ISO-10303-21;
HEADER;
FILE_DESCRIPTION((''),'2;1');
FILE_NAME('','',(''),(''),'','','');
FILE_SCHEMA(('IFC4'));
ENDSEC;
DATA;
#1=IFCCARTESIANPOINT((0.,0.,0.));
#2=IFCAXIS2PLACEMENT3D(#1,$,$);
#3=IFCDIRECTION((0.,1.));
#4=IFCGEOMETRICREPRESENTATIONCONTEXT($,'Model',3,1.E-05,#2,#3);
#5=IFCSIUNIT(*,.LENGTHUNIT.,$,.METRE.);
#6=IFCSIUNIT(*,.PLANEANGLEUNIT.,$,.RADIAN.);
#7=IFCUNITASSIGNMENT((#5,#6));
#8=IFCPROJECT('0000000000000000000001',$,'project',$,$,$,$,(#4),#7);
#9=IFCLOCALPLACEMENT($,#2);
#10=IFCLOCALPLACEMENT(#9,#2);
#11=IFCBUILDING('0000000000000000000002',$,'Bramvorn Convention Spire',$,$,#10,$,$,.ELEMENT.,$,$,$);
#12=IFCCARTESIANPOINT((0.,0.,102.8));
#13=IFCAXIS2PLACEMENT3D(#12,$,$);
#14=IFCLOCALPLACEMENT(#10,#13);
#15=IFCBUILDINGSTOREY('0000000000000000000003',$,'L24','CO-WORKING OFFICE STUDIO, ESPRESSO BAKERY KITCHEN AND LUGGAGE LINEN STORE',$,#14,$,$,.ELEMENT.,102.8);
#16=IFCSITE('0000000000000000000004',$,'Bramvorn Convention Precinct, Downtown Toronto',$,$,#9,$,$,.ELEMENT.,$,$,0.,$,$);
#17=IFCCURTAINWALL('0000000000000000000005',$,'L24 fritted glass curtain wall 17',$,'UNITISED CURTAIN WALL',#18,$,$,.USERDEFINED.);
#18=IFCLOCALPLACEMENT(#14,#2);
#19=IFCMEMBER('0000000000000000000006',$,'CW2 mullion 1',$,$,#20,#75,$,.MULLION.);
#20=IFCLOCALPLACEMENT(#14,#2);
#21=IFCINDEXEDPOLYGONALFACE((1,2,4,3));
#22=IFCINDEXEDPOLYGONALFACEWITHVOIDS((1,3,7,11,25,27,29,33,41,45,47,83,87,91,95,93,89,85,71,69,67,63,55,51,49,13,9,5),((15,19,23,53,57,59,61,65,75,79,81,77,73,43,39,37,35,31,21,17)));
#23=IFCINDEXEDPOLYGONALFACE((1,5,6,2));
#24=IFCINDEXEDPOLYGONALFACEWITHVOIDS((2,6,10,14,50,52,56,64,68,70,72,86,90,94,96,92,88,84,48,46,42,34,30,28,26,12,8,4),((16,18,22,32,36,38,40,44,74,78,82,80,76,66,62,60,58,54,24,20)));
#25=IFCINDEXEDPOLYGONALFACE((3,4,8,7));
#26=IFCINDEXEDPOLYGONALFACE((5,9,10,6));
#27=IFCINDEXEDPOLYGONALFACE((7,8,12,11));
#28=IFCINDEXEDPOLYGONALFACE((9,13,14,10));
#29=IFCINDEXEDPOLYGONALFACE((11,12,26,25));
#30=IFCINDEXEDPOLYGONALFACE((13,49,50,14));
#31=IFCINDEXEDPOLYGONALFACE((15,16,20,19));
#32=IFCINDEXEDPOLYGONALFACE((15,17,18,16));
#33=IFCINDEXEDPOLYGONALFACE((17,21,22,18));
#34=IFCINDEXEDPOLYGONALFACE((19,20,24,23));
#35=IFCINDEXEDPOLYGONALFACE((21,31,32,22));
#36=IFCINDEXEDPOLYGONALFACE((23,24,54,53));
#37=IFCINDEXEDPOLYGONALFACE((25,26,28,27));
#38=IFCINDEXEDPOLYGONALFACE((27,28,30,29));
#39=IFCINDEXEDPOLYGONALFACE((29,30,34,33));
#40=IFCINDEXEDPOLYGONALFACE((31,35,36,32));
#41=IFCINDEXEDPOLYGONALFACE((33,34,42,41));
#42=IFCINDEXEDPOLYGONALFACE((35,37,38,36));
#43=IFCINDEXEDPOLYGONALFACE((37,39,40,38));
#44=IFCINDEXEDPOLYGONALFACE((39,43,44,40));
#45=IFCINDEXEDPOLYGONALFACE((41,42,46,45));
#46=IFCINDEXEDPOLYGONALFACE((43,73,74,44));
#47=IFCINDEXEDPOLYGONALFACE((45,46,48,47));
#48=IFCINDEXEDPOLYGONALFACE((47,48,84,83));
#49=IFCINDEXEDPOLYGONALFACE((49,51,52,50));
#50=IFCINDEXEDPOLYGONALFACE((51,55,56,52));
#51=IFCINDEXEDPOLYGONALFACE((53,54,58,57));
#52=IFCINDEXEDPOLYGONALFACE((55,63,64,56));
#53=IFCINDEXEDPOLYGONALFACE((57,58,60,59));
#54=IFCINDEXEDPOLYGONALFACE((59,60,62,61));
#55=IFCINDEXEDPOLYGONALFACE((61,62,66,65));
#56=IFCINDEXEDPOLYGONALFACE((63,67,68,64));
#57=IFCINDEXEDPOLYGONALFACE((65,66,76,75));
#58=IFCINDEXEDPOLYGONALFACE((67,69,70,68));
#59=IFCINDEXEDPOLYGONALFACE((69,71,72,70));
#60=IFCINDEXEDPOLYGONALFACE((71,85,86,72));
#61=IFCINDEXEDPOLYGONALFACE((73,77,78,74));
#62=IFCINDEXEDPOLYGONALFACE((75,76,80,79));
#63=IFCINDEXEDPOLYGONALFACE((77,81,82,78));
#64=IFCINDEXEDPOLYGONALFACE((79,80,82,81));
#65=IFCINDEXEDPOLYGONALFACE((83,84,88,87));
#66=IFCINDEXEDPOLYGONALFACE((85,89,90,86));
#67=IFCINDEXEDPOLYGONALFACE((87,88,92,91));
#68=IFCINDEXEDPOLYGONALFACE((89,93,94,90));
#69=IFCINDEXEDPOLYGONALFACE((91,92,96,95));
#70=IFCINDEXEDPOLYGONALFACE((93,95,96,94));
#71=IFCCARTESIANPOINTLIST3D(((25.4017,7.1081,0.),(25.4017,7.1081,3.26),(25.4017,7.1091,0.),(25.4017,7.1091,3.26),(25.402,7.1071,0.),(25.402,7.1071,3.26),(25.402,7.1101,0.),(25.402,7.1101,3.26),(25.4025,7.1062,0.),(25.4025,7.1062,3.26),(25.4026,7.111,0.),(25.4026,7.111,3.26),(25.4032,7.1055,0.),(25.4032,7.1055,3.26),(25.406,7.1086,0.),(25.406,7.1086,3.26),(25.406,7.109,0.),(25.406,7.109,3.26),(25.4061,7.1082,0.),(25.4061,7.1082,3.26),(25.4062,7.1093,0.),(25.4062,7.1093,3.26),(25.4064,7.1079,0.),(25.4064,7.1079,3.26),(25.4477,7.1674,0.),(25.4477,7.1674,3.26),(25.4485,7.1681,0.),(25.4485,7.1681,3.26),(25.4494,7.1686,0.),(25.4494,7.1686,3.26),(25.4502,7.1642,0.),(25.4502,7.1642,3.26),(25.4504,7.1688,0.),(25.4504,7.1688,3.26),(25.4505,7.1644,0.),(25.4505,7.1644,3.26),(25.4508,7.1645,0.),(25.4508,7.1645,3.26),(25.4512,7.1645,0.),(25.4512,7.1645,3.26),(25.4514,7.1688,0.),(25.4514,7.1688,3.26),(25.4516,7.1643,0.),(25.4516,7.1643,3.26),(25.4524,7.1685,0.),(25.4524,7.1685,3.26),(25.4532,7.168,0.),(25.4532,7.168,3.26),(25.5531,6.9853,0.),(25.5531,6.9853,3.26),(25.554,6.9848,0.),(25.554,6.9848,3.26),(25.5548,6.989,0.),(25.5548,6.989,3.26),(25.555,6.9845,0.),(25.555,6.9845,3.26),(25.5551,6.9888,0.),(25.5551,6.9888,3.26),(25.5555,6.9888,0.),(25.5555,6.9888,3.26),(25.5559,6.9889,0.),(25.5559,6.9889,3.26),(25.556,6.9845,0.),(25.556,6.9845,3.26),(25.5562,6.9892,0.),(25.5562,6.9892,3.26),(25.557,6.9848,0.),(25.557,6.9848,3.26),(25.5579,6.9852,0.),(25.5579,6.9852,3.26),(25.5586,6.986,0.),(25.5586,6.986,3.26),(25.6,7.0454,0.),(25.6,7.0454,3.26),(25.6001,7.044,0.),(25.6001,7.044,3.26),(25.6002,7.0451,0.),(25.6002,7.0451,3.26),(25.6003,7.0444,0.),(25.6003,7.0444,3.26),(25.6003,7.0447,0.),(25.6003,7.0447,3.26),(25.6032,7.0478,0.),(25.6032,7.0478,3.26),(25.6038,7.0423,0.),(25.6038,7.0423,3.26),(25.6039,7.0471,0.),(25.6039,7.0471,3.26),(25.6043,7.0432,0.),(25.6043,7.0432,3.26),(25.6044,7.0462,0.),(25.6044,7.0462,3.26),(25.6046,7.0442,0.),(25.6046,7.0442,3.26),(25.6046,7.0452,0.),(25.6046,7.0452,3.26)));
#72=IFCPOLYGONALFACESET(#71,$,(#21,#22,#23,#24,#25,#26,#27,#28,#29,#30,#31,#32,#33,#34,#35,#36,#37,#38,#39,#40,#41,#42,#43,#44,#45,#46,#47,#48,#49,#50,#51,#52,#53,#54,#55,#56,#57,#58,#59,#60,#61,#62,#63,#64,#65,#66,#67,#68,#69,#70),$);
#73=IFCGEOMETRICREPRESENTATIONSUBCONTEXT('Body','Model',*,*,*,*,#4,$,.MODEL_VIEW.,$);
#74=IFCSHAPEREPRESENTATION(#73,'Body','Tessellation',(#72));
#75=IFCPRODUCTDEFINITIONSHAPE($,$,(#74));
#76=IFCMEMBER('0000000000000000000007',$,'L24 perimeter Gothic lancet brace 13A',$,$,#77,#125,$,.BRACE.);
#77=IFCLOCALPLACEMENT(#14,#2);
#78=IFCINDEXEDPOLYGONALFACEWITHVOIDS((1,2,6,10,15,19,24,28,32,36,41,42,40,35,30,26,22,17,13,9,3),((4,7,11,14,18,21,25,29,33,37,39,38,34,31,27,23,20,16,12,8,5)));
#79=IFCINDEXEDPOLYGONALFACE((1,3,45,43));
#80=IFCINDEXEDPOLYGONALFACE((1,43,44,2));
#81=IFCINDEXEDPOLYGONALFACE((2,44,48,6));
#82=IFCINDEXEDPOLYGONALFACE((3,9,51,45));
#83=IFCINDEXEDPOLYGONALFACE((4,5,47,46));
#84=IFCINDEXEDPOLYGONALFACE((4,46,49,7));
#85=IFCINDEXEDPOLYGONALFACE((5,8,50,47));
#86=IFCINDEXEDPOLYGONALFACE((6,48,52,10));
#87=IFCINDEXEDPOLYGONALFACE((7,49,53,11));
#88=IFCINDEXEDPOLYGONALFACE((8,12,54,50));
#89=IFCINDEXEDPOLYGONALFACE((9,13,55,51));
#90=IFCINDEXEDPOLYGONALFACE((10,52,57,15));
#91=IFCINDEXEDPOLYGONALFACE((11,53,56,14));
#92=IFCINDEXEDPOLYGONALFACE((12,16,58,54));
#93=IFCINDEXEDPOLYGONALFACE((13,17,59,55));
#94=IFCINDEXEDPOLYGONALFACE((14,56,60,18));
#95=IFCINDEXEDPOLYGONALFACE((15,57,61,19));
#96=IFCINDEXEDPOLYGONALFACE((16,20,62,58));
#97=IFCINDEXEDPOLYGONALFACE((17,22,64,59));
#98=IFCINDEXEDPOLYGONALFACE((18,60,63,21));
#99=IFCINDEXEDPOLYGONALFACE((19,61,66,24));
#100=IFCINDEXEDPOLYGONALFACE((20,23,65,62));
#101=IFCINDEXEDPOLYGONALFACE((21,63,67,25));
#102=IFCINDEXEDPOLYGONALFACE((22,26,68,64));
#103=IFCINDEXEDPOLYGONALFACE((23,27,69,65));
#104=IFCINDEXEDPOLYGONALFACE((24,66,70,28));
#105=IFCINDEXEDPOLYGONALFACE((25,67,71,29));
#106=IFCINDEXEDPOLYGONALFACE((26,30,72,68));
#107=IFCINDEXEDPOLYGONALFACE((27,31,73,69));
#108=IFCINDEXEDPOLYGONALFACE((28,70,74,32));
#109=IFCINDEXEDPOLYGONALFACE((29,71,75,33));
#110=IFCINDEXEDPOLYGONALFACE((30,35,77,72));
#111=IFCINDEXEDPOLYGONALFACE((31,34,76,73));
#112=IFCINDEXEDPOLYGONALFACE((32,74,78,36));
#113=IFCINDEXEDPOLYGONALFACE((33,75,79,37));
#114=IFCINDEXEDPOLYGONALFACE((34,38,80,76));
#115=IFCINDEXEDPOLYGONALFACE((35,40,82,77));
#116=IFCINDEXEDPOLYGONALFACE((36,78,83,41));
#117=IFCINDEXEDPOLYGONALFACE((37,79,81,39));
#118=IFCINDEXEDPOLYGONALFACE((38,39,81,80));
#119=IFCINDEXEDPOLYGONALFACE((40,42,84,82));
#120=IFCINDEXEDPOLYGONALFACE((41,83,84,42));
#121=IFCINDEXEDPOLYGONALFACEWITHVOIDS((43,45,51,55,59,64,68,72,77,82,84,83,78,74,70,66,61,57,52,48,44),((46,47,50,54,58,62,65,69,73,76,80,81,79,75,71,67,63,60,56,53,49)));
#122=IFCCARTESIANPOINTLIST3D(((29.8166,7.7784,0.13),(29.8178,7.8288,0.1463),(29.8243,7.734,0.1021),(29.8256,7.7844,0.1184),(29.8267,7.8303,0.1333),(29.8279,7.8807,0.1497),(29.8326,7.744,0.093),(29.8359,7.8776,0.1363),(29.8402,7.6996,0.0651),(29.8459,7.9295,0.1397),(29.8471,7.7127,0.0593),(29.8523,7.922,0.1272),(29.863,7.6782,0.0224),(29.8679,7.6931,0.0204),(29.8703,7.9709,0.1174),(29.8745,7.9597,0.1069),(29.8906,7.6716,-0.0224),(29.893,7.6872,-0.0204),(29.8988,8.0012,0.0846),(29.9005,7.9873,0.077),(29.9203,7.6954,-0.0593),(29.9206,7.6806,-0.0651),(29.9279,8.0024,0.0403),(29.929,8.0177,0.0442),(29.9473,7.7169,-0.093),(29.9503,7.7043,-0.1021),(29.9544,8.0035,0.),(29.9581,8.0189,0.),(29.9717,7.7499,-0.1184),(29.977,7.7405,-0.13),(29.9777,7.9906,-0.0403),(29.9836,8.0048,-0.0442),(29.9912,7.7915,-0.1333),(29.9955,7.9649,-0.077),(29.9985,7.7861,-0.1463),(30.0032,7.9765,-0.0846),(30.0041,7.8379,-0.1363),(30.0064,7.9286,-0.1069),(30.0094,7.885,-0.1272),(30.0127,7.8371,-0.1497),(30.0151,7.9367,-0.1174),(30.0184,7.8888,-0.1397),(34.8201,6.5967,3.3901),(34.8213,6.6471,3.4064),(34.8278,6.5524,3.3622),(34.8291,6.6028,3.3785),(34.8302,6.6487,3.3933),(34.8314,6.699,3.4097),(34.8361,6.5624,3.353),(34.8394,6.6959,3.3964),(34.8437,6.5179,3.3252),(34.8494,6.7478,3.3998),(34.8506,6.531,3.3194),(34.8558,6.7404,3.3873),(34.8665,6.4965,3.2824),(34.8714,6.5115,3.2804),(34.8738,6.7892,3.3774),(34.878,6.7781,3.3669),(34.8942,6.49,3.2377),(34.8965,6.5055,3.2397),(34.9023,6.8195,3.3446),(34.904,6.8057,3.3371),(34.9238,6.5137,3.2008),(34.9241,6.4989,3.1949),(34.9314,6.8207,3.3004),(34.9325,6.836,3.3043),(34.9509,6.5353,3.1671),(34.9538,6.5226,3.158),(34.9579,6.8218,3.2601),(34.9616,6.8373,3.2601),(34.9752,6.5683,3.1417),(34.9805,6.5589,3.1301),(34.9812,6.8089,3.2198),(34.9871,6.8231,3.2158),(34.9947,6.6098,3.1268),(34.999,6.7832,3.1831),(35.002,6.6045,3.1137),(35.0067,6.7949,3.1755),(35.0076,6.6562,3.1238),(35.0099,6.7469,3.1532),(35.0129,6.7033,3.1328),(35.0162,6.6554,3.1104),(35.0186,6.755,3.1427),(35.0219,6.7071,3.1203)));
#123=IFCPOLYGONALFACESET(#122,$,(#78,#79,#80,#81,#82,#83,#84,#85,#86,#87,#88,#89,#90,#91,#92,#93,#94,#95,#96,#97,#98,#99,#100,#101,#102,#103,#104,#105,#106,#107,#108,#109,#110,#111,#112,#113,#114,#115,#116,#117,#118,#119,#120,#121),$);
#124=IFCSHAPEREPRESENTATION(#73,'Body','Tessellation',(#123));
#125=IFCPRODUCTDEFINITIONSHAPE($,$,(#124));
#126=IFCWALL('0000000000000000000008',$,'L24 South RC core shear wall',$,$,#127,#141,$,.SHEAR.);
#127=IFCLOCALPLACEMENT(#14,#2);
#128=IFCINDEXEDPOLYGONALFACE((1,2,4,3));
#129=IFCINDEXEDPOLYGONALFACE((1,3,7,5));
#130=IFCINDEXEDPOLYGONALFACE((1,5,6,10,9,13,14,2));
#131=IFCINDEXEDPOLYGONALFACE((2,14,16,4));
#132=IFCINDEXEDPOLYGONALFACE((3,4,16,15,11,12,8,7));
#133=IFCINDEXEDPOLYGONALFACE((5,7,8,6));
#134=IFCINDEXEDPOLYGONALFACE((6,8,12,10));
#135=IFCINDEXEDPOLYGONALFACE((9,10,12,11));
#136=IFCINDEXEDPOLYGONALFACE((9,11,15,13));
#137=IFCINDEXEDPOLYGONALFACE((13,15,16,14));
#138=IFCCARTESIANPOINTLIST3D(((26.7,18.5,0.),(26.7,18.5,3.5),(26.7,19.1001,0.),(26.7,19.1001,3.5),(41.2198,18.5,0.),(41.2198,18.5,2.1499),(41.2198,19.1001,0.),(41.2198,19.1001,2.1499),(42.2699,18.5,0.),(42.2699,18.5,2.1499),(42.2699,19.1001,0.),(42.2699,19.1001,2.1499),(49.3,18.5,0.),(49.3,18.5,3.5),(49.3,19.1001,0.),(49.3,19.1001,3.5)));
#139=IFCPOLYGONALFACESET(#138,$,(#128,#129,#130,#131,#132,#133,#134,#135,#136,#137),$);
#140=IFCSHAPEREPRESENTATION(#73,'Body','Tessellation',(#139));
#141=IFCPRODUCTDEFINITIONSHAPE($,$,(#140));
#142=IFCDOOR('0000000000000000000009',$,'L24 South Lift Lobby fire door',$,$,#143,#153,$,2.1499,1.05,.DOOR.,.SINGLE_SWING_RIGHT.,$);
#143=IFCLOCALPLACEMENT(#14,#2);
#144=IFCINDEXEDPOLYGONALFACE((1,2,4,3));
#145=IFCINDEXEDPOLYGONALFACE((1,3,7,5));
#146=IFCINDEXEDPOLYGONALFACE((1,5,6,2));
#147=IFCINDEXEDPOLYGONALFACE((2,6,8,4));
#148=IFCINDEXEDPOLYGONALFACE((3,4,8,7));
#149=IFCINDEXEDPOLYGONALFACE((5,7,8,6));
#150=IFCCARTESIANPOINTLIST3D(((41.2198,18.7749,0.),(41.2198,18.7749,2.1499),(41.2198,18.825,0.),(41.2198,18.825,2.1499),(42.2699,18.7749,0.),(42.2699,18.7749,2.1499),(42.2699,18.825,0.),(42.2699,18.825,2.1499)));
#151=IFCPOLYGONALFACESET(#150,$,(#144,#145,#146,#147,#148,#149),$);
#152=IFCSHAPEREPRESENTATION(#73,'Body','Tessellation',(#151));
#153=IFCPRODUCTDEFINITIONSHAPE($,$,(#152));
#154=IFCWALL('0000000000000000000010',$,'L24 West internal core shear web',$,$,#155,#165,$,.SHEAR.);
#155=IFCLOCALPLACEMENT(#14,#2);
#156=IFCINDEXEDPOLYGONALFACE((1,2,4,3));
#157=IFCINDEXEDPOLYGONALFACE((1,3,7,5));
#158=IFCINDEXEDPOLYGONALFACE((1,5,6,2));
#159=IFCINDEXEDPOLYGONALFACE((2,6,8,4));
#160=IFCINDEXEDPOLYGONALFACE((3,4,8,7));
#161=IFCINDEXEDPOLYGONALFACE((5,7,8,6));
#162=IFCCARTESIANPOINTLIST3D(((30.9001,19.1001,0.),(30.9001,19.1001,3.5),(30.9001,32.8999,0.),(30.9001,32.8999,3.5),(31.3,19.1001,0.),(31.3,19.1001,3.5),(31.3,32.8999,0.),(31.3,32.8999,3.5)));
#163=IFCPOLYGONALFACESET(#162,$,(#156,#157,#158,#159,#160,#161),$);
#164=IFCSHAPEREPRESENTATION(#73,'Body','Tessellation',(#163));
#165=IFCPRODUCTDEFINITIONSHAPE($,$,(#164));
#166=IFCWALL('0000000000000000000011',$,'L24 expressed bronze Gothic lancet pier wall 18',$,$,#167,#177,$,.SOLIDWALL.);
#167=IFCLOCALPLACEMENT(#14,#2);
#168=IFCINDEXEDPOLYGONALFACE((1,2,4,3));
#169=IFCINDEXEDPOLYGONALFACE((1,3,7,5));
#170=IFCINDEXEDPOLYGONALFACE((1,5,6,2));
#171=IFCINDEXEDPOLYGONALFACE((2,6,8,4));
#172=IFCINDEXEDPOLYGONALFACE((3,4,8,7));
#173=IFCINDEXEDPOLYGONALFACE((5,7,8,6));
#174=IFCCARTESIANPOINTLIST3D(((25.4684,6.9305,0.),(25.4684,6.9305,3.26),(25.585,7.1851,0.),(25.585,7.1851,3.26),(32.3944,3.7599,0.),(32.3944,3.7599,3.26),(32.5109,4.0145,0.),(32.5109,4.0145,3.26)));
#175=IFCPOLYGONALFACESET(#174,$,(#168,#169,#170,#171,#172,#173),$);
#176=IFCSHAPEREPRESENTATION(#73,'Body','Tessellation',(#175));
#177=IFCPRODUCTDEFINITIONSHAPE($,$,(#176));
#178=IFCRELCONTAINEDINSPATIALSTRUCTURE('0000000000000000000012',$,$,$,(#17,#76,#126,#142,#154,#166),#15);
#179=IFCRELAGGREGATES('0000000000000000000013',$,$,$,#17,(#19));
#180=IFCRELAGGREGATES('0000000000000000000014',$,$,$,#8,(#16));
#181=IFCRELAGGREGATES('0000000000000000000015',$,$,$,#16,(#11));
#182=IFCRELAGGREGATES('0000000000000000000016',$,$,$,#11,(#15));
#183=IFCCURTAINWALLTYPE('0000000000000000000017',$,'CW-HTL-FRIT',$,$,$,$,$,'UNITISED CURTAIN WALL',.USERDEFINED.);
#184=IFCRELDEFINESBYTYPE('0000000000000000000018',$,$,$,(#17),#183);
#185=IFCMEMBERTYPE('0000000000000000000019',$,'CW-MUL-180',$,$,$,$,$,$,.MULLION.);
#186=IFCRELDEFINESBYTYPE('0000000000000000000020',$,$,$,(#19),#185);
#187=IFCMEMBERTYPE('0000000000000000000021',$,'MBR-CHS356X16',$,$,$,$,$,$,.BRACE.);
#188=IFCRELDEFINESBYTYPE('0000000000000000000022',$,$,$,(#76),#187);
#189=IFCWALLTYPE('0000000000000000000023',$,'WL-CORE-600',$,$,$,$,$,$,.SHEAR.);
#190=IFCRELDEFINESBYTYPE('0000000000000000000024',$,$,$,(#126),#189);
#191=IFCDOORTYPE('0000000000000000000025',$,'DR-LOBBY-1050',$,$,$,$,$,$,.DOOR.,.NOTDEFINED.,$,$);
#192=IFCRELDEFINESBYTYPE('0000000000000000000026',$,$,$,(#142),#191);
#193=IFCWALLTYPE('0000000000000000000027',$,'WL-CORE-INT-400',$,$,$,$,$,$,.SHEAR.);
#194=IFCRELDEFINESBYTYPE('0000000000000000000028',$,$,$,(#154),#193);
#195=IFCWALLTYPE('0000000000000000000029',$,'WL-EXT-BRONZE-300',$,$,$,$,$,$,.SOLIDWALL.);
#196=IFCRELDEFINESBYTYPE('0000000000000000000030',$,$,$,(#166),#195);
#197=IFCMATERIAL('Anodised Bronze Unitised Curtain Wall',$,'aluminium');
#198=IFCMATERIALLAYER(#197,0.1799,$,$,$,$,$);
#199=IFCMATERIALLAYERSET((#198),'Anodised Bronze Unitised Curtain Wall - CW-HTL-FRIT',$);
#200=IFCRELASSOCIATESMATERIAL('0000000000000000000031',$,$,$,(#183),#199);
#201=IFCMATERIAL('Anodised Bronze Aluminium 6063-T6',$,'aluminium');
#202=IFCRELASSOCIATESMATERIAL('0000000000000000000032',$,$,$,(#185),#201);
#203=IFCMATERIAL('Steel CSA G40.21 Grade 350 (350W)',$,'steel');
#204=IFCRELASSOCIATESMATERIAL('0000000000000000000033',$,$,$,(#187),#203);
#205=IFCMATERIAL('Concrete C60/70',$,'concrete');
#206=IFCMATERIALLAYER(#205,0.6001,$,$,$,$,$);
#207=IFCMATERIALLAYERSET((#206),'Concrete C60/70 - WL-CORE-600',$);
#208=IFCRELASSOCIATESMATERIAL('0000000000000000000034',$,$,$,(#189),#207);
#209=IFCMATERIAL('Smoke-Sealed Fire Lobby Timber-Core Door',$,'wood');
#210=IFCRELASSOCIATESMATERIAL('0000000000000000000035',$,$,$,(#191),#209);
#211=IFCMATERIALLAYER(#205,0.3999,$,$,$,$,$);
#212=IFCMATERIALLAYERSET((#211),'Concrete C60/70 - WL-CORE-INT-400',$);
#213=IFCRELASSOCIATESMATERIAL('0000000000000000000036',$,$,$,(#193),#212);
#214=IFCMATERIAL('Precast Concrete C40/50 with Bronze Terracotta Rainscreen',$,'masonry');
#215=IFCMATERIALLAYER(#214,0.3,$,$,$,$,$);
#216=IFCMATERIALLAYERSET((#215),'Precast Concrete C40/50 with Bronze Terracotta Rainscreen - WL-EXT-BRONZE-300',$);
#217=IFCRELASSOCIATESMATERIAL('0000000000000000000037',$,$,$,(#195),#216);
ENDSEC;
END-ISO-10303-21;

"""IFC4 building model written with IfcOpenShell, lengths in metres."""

from ifc_helpers import new_model, si_unit, direction, frame, frame_2d, origin, origin_2d, place, context, subcontext, project, spatial, rectangle, hollow_rectangle, hollow_circle, extrude, material, layer, layer_set, material_profile, profile_set, type_object, element, fill, aggregate, save


model = new_model("IFC4")

# Units and contexts
model_context = context("Model", 3, precision=1e-05, world=origin(), true_north=direction((0.0, 1.0)))
body_context = subcontext(model_context, "Body", "Model", "MODEL_VIEW")
ifc_project = project(units=[si_unit("LENGTHUNIT", "METRE"), si_unit("PLANEANGLEUNIT", "RADIAN")], contexts=[model_context])

# Site, building, storey
site_placement = place(None, origin())
site = spatial("IfcSite", under=ifc_project, at=site_placement, Name="Bramvorn Convention Precinct, Downtown Toronto", CompositionType="ELEMENT", RefElevation=0.0)
building_placement = place(site_placement, origin())
building = spatial("IfcBuilding", under=site, at=building_placement, Name="Bramvorn Convention Spire", CompositionType="ELEMENT")
storey_placement = place(building_placement, frame((0.0, 0.0, 102.8)))
storey = spatial("IfcBuildingStorey", under=building, at=storey_placement, Name="L24", Description="CO-WORKING OFFICE STUDIO, ESPRESSO BAKERY KITCHEN AND LUGGAGE LINEN STORE", CompositionType="ELEMENT", Elevation=102.8)

# Shared definitions
ifc_material_1 = material(Name="Steel CSA G40.21 Grade 350 (350W)", Category="steel")

# Curtain wall, member
ifc_material_2 = material(Name="Anodised Bronze Unitised Curtain Wall", Category="aluminium")
ifc_layer_1 = layer(ifc_material_2, 0.1799)
ifc_layer_set_1 = layer_set([ifc_layer_1], Name="Anodised Bronze Unitised Curtain Wall - CW-HTL-FRIT")
curtain_wall_type = type_object("IfcCurtainWallType", Name="CW-HTL-FRIT", ElementType="UNITISED CURTAIN WALL", PredefinedType="USERDEFINED", material=ifc_layer_set_1)
curtain_wall_placement = place(storey_placement, origin())
curtain_wall = element("IfcCurtainWall", 1, at=curtain_wall_placement, inside=storey, type_object=curtain_wall_type, Name="L24 fritted glass curtain wall 17", ObjectType="UNITISED CURTAIN WALL", PredefinedType="USERDEFINED")
ifc_material_3 = material(Name="Anodised Bronze Aluminium 6063-T6", Category="aluminium")
ifc_material_profile_1 = material_profile(ifc_material_3, hollow_rectangle(XDim=0.0801, YDim=0.2, WallThickness=0.0039, InnerFilletRadius=0.001, OuterFilletRadius=0.0039, at=origin_2d()))
ifc_profile_set_1 = profile_set([ifc_material_profile_1], Name="Anodised Bronze Aluminium 6063-T6 - CWM80X200")
member_type_1 = type_object("IfcMemberType", Name="CW-MUL-180", PredefinedType="MULLION", material=ifc_profile_set_1)
member_1_placement = place(storey_placement, frame((25.5032, 7.0767, 0.0), z_axis=(0.0, 0.0, 1.0), x_axis=(-0.625246, -0.780428, 0.0)))
member_1 = element("IfcMember", 2, at=member_1_placement, type_object=member_type_1, Name="CW2 mullion 1", PredefinedType="MULLION", context=body_context, shape_type="SweptSolid", body=[
    extrude(hollow_rectangle(XDim=0.0801, YDim=0.2, WallThickness=0.0039, InnerFilletRadius=0.001, OuterFilletRadius=0.0039, at=origin_2d()), origin(), (0.0, 0.0, 1.0), 3.26),
])
aggregate(curtain_wall, [member_1])

# Member
ifc_material_profile_2 = material_profile(ifc_material_1, hollow_circle(Radius=0.1777, WallThickness=0.0159, at=origin_2d()))
ifc_profile_set_2 = profile_set([ifc_material_profile_2], Name="Steel CSA G40.21 Grade 350 (350W) - CHS356X16")
member_type_2 = type_object("IfcMemberType", Name="MBR-CHS356X16", PredefinedType="BRACE", material=ifc_profile_set_2)
member_2_placement = place(storey_placement, frame((29.9172, 7.8459, 0.0), z_axis=(0.821911, -0.194108, 0.535522), x_axis=(0.229844, 0.973228, 0.0)))
element("IfcMember", 3, at=member_2_placement, inside=storey, type_object=member_type_2, Name="L24 perimeter Gothic lancet brace 13A", PredefinedType="BRACE", context=body_context, shape_type="SweptSolid", body=[
    extrude(hollow_circle(Radius=0.1777, WallThickness=0.0159, at=origin_2d()), origin(), (0.0, 0.0, 1.0), 6.0876),
])

# Wall, opening, door
ifc_material_4 = material(Name="Concrete C60/70", Category="concrete")
ifc_layer_2 = layer(ifc_material_4, 0.6001)
ifc_layer_set_2 = layer_set([ifc_layer_2], Name="Concrete C60/70 - WL-CORE-600")
wall_type_1 = type_object("IfcWallType", Name="WL-CORE-600", PredefinedType="SHEAR", material=ifc_layer_set_2)
wall_1_placement = place(storey_placement, frame((26.7, 18.8, 0.0), z_axis=(0.0, 0.0, 1.0), x_axis=(1.0, 0.0, 0.0)))
wall_1 = element("IfcWall", 4, at=wall_1_placement, inside=storey, type_object=wall_type_1, Name="L24 South RC core shear wall", PredefinedType="SHEAR", context=body_context, shape_type="SweptSolid", body=[
    extrude(rectangle(XDim=22.6001, YDim=0.6001, at=frame_2d((11.3, 0.0))), origin(), (0.0, 0.0, 1.0), 3.5),
])
opening_1_placement = place(wall_1_placement, frame((14.52, 0.0, 0.0)))
opening_1 = element("IfcOpeningElement", 5, at=opening_1_placement, cuts=wall_1, PredefinedType="OPENING", context=body_context, shape_type="SweptSolid", body=[
    extrude(rectangle(XDim=1.05, YDim=2.1499, at=frame_2d((0.5249, 1.075))), frame((0.0, 0.3101, 0.0), z_axis=(0.0, -1.0, 0.0), x_axis=(1.0, 0.0, 0.0)), (0.0, 0.0, 1.0), 0.6201),
])
ifc_material_5 = material(Name="Smoke-Sealed Fire Lobby Timber-Core Door", Category="wood")
door_type = type_object("IfcDoorType", Name="DR-LOBBY-1050", OperationType="NOTDEFINED", PredefinedType="DOOR", material=ifc_material_5)
door_1_placement = place(opening_1_placement, origin())
door_1 = element("IfcDoor", 6, at=door_1_placement, inside=storey, type_object=door_type, Name="L24 South Lift Lobby fire door", OperationType="SINGLE_SWING_RIGHT", OverallHeight=2.1499, OverallWidth=1.05, PredefinedType="DOOR", context=body_context, shape_type="SweptSolid", body=[
    extrude(rectangle(XDim=1.05, YDim=2.1499, at=frame_2d((0.5249, 1.075))), frame((0.0, 0.0249, 0.0), z_axis=(0.0, -1.0, 0.0), x_axis=(1.0, 0.0, 0.0)), (0.0, 0.0, 1.0), 0.05),
])
fill(opening_1, door_1)

# Walls
ifc_layer_3 = layer(ifc_material_4, 0.3999)
ifc_layer_set_3 = layer_set([ifc_layer_3], Name="Concrete C60/70 - WL-CORE-INT-400")
wall_type_2 = type_object("IfcWallType", Name="WL-CORE-INT-400", PredefinedType="SHEAR", material=ifc_layer_set_3)
wall_2_placement = place(storey_placement, frame((31.1001, 19.1001, 0.0), z_axis=(0.0, 0.0, 1.0), x_axis=(0.0, 1.0, 0.0)))
element("IfcWall", 7, at=wall_2_placement, inside=storey, type_object=wall_type_2, Name="L24 West internal core shear web", PredefinedType="SHEAR", context=body_context, shape_type="SweptSolid", body=[
    extrude(rectangle(XDim=13.7998, YDim=0.3999, at=frame_2d((6.8999, 0.0))), origin(), (0.0, 0.0, 1.0), 3.5),
])
ifc_material_6 = material(Name="Precast Concrete C40/50 with Bronze Terracotta Rainscreen", Category="masonry")
ifc_layer_4 = layer(ifc_material_6, 0.3)
ifc_layer_set_4 = layer_set([ifc_layer_4], Name="Precast Concrete C40/50 with Bronze Terracotta Rainscreen - WL-EXT-BRONZE-300")
wall_type_3 = type_object("IfcWallType", Name="WL-EXT-BRONZE-300", PredefinedType="SOLIDWALL", material=ifc_layer_set_4)
wall_3_placement = place(storey_placement, frame((32.4526, 3.8872, 0.0), z_axis=(0.0, 0.0, 1.0), x_axis=(-0.909252, 0.416245, 0.0)))
element("IfcWall", 8, at=wall_3_placement, inside=storey, type_object=wall_type_3, Name="L24 expressed bronze Gothic lancet pier wall 18", PredefinedType="SOLIDWALL", context=body_context, shape_type="SweptSolid", body=[
    extrude(rectangle(XDim=7.6172, YDim=0.28, at=frame_2d((3.8086, 0.0))), origin(), (0.0, 0.0, 1.0), 3.26),
])

save(model, "model.ifc")
